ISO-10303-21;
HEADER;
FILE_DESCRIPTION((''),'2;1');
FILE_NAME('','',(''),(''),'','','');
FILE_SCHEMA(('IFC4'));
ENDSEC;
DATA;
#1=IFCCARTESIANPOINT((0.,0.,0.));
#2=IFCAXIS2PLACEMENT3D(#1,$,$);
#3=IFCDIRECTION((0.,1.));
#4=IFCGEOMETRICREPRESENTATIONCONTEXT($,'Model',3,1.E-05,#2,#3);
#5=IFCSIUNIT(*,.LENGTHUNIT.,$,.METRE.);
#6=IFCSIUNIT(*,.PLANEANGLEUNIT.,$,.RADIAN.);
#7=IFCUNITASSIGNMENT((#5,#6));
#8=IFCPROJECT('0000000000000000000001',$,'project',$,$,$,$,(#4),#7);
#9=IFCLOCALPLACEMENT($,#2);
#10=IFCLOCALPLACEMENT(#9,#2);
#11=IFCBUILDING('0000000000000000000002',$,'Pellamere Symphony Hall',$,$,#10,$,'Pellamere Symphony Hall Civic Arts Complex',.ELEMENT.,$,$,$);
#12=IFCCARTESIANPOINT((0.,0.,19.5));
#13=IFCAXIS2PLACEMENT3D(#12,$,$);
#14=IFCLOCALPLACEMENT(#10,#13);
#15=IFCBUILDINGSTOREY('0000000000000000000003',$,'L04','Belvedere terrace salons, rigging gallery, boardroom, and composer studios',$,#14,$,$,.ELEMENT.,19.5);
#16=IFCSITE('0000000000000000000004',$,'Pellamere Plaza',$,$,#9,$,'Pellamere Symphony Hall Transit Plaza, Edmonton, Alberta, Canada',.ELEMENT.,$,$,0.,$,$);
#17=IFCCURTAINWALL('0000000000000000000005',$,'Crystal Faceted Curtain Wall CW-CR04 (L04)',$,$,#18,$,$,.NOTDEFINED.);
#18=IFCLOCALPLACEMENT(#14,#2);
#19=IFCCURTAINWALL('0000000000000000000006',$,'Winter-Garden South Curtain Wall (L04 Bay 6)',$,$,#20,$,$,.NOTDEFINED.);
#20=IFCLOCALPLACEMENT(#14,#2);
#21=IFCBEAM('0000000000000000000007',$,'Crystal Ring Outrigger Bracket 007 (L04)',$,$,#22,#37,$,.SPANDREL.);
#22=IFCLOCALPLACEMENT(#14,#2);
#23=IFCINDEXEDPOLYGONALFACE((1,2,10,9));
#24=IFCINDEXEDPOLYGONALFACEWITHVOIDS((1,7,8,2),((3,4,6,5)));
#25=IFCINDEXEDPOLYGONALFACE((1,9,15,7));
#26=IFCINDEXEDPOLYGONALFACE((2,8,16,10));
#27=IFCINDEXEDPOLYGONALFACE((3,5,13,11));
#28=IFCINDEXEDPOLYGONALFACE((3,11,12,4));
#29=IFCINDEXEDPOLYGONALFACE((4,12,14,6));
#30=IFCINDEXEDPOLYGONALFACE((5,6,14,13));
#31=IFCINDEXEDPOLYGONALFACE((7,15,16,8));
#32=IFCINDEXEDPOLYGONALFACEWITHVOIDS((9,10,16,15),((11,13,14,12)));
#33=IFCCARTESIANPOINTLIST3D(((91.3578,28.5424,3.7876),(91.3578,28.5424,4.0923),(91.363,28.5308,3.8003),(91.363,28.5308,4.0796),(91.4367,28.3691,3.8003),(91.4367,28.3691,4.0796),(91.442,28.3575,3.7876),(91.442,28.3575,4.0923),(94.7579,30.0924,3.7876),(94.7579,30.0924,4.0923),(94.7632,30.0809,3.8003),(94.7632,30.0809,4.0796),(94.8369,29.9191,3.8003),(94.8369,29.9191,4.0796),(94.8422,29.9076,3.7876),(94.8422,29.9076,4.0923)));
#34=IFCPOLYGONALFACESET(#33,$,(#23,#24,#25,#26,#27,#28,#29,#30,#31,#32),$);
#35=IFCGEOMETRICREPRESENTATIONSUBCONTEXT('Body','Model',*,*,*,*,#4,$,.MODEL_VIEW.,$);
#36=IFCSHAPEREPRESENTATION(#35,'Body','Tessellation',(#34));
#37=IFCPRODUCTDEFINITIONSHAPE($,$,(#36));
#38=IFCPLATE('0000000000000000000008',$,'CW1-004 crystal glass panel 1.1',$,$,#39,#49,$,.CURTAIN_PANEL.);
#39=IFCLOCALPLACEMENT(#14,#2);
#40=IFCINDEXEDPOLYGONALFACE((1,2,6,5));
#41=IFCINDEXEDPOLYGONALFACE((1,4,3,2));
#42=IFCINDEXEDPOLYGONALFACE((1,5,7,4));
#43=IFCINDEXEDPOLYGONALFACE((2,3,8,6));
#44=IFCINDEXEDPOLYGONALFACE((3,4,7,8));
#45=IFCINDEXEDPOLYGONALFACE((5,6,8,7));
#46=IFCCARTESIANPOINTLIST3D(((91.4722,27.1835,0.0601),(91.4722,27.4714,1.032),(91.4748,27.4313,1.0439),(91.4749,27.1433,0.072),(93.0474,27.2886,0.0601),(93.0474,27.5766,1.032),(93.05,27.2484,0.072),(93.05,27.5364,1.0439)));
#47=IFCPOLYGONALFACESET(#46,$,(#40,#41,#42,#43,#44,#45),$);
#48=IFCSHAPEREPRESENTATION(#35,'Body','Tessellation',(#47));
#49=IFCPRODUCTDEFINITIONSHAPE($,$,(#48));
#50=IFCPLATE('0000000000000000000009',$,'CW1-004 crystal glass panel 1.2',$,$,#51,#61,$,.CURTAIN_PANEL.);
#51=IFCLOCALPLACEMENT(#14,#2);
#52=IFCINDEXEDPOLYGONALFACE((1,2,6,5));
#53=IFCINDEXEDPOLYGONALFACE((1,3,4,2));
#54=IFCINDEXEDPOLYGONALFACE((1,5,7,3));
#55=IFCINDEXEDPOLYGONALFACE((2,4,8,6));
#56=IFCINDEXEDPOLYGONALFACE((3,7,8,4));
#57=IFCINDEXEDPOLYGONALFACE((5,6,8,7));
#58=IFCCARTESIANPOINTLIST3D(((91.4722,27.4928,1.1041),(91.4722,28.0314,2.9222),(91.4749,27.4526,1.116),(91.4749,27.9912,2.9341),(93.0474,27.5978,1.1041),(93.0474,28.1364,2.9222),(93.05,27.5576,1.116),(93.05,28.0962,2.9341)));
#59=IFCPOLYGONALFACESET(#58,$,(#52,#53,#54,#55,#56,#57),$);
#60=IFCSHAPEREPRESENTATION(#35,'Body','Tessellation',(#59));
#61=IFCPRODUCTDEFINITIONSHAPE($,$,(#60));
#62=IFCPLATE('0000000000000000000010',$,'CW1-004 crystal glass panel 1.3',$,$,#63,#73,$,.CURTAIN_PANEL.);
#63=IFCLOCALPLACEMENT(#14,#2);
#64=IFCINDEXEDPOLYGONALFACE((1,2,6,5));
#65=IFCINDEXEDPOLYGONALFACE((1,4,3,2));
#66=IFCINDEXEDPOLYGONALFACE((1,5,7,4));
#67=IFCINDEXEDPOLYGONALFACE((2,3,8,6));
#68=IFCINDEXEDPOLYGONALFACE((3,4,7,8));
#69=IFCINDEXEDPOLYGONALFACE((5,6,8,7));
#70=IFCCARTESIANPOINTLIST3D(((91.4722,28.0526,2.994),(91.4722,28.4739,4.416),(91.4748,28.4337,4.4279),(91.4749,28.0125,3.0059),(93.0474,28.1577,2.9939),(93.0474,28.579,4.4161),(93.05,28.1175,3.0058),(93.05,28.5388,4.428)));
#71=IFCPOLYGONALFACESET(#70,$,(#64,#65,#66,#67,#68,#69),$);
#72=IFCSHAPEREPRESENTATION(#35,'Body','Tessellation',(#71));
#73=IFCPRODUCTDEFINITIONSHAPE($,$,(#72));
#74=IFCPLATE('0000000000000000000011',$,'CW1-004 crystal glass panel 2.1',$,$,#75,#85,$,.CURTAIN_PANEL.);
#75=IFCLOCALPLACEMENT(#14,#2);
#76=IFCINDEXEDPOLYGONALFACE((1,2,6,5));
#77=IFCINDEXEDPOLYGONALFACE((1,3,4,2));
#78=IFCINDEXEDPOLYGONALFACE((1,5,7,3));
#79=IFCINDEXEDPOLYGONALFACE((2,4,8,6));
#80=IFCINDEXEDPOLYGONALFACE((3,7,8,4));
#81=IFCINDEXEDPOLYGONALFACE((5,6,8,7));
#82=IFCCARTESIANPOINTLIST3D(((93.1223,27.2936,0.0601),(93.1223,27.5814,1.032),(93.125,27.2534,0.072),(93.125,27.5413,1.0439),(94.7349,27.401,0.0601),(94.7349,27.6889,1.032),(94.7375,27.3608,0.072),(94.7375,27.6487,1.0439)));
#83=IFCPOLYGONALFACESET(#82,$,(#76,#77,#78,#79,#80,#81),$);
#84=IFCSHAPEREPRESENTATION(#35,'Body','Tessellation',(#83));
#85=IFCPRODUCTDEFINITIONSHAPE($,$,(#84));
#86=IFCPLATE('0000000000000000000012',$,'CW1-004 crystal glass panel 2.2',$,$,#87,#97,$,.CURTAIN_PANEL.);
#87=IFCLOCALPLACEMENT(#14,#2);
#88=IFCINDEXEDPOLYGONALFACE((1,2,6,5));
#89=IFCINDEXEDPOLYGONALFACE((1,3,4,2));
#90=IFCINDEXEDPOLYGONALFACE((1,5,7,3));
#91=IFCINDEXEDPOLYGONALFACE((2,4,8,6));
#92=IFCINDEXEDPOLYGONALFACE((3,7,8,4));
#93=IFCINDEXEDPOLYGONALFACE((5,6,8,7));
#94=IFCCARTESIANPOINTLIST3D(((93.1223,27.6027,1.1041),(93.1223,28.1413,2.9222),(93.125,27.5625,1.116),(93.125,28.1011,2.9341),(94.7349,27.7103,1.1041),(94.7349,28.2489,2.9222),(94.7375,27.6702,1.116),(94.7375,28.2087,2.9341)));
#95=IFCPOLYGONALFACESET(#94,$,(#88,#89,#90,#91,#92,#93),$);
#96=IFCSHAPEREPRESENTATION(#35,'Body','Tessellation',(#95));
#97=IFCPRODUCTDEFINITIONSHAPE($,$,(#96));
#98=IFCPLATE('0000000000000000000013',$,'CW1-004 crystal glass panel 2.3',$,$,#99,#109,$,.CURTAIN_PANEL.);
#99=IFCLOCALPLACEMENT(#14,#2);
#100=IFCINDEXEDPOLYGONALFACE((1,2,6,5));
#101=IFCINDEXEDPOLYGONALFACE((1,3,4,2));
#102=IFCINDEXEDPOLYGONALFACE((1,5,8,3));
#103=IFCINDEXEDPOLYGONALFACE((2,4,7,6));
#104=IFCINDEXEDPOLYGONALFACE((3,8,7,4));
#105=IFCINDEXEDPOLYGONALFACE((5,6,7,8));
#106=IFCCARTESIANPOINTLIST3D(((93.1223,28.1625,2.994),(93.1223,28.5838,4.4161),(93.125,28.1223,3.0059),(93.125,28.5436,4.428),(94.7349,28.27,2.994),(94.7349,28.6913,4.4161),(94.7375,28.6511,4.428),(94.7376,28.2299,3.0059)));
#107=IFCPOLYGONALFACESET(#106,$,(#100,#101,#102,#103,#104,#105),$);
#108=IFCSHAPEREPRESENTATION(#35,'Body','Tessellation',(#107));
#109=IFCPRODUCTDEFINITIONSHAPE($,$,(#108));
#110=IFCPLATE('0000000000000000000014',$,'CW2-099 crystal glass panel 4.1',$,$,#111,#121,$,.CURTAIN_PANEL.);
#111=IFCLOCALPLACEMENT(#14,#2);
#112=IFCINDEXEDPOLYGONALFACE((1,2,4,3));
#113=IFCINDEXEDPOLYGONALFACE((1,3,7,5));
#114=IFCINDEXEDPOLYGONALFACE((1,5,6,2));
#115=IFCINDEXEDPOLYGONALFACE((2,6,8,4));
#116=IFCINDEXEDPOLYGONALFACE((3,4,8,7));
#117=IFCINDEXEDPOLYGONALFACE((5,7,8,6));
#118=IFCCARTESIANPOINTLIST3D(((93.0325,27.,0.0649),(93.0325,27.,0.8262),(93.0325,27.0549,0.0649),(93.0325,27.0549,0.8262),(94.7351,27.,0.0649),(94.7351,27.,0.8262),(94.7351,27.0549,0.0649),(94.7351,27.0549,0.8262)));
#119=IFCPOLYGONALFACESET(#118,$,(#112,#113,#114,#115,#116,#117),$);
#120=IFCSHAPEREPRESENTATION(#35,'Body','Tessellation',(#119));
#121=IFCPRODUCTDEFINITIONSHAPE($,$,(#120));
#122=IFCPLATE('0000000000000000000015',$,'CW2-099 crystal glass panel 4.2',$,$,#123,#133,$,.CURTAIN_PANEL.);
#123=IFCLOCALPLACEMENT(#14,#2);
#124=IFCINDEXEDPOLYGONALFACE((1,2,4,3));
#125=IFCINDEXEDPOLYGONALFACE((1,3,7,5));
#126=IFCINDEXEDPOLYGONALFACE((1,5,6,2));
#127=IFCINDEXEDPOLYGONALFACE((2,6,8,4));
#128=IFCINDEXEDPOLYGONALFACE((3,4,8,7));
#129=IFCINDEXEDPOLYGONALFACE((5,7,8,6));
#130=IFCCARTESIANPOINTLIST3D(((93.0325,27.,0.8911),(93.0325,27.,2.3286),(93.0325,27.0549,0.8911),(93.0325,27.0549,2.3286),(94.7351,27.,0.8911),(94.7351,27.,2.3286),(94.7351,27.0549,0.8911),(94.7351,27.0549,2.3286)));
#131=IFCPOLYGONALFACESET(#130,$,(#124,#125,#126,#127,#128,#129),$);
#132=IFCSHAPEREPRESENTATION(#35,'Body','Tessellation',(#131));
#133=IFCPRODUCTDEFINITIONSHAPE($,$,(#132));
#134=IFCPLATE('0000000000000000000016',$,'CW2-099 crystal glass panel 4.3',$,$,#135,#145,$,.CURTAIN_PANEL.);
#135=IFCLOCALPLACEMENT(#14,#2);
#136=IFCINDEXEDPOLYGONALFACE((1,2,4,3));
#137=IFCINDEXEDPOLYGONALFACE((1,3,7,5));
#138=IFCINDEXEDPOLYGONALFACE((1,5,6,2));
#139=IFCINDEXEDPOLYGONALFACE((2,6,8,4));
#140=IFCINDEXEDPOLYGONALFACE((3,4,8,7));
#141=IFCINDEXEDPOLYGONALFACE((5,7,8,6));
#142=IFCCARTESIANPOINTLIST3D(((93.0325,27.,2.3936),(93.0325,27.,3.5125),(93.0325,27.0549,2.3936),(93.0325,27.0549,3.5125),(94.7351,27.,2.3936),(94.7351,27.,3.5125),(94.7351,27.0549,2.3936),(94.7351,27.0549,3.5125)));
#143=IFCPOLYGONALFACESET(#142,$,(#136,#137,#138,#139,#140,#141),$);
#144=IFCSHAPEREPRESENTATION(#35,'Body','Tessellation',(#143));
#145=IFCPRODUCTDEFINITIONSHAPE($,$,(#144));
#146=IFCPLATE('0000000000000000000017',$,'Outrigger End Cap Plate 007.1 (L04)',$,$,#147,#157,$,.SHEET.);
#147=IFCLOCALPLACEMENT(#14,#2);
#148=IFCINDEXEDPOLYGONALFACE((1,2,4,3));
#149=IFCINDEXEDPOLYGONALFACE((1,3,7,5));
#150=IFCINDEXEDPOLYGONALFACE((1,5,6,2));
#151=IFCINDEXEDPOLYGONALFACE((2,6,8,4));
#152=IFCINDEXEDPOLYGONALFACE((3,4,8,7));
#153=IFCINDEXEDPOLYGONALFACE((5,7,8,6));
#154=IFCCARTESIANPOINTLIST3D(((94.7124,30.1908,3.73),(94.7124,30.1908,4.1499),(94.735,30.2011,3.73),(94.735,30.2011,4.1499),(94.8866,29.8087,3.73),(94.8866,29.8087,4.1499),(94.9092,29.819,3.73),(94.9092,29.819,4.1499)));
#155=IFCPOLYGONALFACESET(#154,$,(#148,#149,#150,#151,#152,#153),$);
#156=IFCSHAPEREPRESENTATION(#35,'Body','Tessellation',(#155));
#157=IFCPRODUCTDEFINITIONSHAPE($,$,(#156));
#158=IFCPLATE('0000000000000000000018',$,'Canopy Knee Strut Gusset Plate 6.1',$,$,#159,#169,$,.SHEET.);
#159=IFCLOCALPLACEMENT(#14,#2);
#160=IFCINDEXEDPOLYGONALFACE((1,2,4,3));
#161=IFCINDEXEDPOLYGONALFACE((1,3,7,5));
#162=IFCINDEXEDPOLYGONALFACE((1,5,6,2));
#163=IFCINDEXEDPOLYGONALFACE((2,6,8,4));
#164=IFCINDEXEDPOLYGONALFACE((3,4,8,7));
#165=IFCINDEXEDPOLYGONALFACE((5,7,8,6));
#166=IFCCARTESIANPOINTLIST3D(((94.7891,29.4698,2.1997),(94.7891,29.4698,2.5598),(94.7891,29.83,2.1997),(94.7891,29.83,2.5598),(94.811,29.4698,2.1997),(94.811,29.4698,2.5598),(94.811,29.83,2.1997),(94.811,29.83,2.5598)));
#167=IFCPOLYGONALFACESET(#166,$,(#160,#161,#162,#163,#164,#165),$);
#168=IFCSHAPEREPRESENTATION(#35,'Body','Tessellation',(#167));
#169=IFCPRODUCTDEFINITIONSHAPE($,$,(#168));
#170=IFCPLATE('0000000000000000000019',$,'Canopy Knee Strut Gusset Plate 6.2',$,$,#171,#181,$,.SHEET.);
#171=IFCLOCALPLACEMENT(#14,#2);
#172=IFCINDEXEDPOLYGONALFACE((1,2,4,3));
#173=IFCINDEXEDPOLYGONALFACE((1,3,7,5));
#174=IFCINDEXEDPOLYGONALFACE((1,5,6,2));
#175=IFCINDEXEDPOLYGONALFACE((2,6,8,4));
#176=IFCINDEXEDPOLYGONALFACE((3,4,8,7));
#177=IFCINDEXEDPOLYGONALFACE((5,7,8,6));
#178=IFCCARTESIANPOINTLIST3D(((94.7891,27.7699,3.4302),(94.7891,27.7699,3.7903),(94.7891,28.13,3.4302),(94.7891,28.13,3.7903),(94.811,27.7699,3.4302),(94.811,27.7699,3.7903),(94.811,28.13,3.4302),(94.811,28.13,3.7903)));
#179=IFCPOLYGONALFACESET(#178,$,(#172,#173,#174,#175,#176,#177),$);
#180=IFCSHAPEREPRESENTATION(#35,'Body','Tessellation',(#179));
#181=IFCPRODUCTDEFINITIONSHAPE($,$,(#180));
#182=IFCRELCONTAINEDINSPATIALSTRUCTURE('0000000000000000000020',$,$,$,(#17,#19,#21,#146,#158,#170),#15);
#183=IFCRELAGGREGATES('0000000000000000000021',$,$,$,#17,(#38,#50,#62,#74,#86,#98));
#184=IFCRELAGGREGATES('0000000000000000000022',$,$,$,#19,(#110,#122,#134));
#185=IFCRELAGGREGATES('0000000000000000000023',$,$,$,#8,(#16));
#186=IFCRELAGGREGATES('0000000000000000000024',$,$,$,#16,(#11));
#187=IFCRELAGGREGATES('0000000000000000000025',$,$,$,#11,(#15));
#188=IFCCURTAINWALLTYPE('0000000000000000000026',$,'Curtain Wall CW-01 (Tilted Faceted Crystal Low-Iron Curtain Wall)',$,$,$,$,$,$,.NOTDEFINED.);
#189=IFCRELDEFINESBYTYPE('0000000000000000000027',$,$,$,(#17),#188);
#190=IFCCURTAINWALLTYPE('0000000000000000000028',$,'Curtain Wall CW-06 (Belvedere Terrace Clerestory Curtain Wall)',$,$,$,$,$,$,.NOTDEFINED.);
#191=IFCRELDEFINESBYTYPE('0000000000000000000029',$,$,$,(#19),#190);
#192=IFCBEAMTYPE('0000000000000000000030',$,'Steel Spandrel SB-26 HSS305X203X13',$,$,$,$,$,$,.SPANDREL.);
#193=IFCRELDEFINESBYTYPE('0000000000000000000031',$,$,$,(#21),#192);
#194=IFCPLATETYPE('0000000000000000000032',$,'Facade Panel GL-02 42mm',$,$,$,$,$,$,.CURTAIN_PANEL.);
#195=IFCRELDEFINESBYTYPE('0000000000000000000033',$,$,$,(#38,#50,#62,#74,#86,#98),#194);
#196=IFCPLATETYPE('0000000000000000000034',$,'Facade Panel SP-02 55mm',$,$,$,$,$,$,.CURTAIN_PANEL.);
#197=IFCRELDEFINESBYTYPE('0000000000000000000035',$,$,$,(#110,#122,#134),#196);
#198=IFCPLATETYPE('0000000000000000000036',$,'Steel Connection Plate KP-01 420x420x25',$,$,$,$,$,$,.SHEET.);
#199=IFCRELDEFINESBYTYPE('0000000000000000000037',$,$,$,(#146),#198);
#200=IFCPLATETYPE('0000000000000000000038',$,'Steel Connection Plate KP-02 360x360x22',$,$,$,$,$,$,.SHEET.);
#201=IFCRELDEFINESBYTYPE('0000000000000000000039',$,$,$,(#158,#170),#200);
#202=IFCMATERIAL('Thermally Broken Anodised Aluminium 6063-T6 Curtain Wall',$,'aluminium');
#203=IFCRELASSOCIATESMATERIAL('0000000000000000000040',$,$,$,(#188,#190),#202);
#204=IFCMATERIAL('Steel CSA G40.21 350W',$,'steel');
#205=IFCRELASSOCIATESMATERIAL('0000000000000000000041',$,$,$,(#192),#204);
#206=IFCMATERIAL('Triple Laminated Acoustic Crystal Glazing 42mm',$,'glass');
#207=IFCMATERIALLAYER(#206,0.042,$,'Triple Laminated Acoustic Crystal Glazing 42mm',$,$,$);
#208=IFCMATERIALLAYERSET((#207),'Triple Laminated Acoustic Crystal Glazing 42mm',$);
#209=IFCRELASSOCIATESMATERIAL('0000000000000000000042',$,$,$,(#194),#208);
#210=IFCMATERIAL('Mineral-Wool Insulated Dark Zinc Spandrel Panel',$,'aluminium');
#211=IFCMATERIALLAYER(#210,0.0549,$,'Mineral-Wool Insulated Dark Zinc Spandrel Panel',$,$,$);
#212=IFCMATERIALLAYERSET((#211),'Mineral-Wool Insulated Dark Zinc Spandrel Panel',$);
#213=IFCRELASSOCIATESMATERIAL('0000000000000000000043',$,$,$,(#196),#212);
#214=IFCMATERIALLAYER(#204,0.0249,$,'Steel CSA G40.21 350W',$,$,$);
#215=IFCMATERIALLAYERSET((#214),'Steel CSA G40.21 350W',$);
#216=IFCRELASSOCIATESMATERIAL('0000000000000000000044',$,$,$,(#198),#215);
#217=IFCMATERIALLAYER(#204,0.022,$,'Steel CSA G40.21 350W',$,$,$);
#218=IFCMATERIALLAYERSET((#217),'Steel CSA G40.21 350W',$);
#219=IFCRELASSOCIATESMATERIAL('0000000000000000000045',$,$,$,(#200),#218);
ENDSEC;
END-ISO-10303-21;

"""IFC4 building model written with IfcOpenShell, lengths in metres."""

from ifc_helpers import new_model, si_unit, direction, frame, origin, origin_2d, place, context, subcontext, project, spatial, polyline, rectangle, hollow_rectangle, outline, extrude, material, layer, layer_set, material_profile, profile_set, type_object, element, aggregate, save


model = new_model("IFC4")

# Units and contexts
model_context = context("Model", 3, precision=1e-05, world=origin(), true_north=direction((0.0, 1.0)))
body_context = subcontext(model_context, "Body", "Model", "MODEL_VIEW")
ifc_project = project(units=[si_unit("LENGTHUNIT", "METRE"), si_unit("PLANEANGLEUNIT", "RADIAN")], contexts=[model_context])

# Site, building, storey
site_placement = place(None, origin())
site = spatial("IfcSite", under=ifc_project, at=site_placement, Name="Pellamere Plaza", LongName="Pellamere Symphony Hall Transit Plaza, Edmonton, Alberta, Canada", CompositionType="ELEMENT", RefElevation=0.0)
building_placement = place(site_placement, origin())
building = spatial("IfcBuilding", under=site, at=building_placement, Name="Pellamere Symphony Hall", LongName="Pellamere Symphony Hall Civic Arts Complex", CompositionType="ELEMENT")
storey_placement = place(building_placement, frame((0.0, 0.0, 19.5)))
storey = spatial("IfcBuildingStorey", under=building, at=storey_placement, Name="L04", Description="Belvedere terrace salons, rigging gallery, boardroom, and composer studios", CompositionType="ELEMENT", Elevation=19.5)

# Curtain walls
ifc_material_1 = material(Name="Thermally Broken Anodised Aluminium 6063-T6 Curtain Wall", Category="aluminium")
curtain_wall_type_1 = type_object("IfcCurtainWallType", Name="Curtain Wall CW-01 (Tilted Faceted Crystal Low-Iron Curtain Wall)", PredefinedType="NOTDEFINED", material=ifc_material_1)
curtain_wall_1_placement = place(storey_placement, origin())
curtain_wall_1 = element("IfcCurtainWall", 1, at=curtain_wall_1_placement, inside=storey, type_object=curtain_wall_type_1, Name="Crystal Faceted Curtain Wall CW-CR04 (L04)", PredefinedType="NOTDEFINED")
curtain_wall_type_2 = type_object("IfcCurtainWallType", Name="Curtain Wall CW-06 (Belvedere Terrace Clerestory Curtain Wall)", PredefinedType="NOTDEFINED", material=ifc_material_1)
curtain_wall_2_placement = place(storey_placement, origin())
curtain_wall_2 = element("IfcCurtainWall", 2, at=curtain_wall_2_placement, inside=storey, type_object=curtain_wall_type_2, Name="Winter-Garden South Curtain Wall (L04 Bay 6)", PredefinedType="NOTDEFINED")

# Shared definitions
ifc_material_2 = material(Name="Steel CSA G40.21 350W", Category="steel")

# Beam
ifc_material_profile_1 = material_profile(ifc_material_2, hollow_rectangle(XDim=0.2031, YDim=0.3047, WallThickness=0.0127, at=origin_2d()), Name="HSS305X203X13")
ifc_profile_set_1 = profile_set([ifc_material_profile_1], Name="Steel CSA G40.21 350W")
beam_type_1 = type_object("IfcBeamType", Name="Steel Spandrel SB-26 HSS305X203X13", PredefinedType="SPANDREL", material=ifc_profile_set_1)
beam_1_placement = place(storey_placement, frame((94.8, 30.0, 3.9399), z_axis=(-0.909909, -0.414807, 0.0), x_axis=(0.414807, -0.909909, 0.0)))
element("IfcBeam", 3, at=beam_1_placement, inside=storey, type_object=beam_type_1, Name="Crystal Ring Outrigger Bracket 007 (L04)", PredefinedType="SPANDREL", context=body_context, shape_type="SweptSolid", body=[
    extrude(hollow_rectangle(XDim=0.2031, YDim=0.3047, WallThickness=0.0127, at=origin_2d()), origin(), (0.0, 0.0, 1.0), 3.7368),
])

# Plates
ifc_material_3 = material(Name="Triple Laminated Acoustic Crystal Glazing 42mm", Category="glass")
ifc_layer_1 = layer(ifc_material_3, 0.042, Name="Triple Laminated Acoustic Crystal Glazing 42mm")
ifc_layer_set_1 = layer_set([ifc_layer_1], Name="Triple Laminated Acoustic Crystal Glazing 42mm")
plate_type_1 = type_object("IfcPlateType", Name="Facade Panel GL-02 42mm", PredefinedType="CURTAIN_PANEL", material=ifc_layer_set_1)
plate_1_placement = place(storey_placement, frame((91.4749, 27.1433, 0.072), z_axis=(0.063844, -0.956846, 0.283496), x_axis=(0.997782, 0.066569, -0.000021)))
plate_1 = element("IfcPlate", 4, at=plate_1_placement, type_object=plate_type_1, Name="CW1-004 crystal glass panel 1.1", PredefinedType="CURTAIN_PANEL", context=body_context, shape_type="SweptSolid", body=[
    extrude(outline(polyline([(0.0, 0.0), (1.5787, 0.0), (1.5978, 1.0135), (0.0191, 1.0135), (0.0, 0.0)])), origin(), (0.0, 0.0, -1.0), 0.042),
])
plate_2_placement = place(storey_placement, frame((91.4749, 27.4526, 1.116), z_axis=(0.063771, -0.956865, 0.283449), x_axis=(0.997787, 0.066498, 0.0)))
plate_2 = element("IfcPlate", 5, at=plate_2_placement, type_object=plate_type_1, Name="CW1-004 crystal glass panel 1.2", PredefinedType="CURTAIN_PANEL", context=body_context, shape_type="SweptSolid", body=[
    extrude(outline(polyline([(0.0, 0.0), (1.5787, 0.0), (1.6145, 1.8959), (0.0358, 1.8959), (0.0, 0.0)])), origin(), (0.0, 0.0, -1.0), 0.042),
])
plate_3_placement = place(storey_placement, frame((91.4749, 28.0125, 3.0059), z_axis=(0.063845, -0.956861, 0.283444), x_axis=(0.997782, 0.066569, -0.000021)))
plate_3 = element("IfcPlate", 6, at=plate_3_placement, type_object=plate_type_1, Name="CW1-004 crystal glass panel 1.3", PredefinedType="CURTAIN_PANEL", context=body_context, shape_type="SweptSolid", body=[
    extrude(outline(polyline([(0.0, 0.0), (1.5787, 0.0), (1.6067, 1.483), (0.028, 1.4829), (0.0, 0.0)])), origin(), (0.0, 0.0, -1.0), 0.042),
])
plate_4_placement = place(storey_placement, frame((93.125, 27.2534, 0.072), z_axis=(0.063744, -0.956885, 0.283388), x_axis=(0.997788, 0.066469, 0.0)))
plate_4 = element("IfcPlate", 7, at=plate_4_placement, type_object=plate_type_1, Name="CW1-004 crystal glass panel 2.1", PredefinedType="CURTAIN_PANEL", context=body_context, shape_type="SweptSolid", body=[
    extrude(outline(polyline([(0.0, 0.0), (1.6161, 0.0), (1.6353, 1.0135), (0.0191, 1.0135), (0.0, 0.0)])), origin(), (0.0, 0.0, -1.0), 0.042),
])
plate_5_placement = place(storey_placement, frame((93.125, 27.5625, 1.116), z_axis=(0.063887, -0.956858, 0.283447), x_axis=(0.997778, 0.066619, 0.0)))
plate_5 = element("IfcPlate", 8, at=plate_5_placement, type_object=plate_type_1, Name="CW1-004 crystal glass panel 2.2", PredefinedType="CURTAIN_PANEL", context=body_context, shape_type="SweptSolid", body=[
    extrude(outline(polyline([(0.0, 0.0), (1.6161, 0.0), (1.652, 1.8959), (0.0359, 1.8959), (0.0, 0.0)])), origin(), (0.0, 0.0, -1.0), 0.042),
])
plate_6_placement = place(storey_placement, frame((93.125, 28.1223, 3.0059), z_axis=(0.063815, -0.956863, 0.283445), x_axis=(0.997783, 0.06655, 0.00002)))
plate_6 = element("IfcPlate", 9, at=plate_6_placement, type_object=plate_type_1, Name="CW1-004 crystal glass panel 2.3", PredefinedType="CURTAIN_PANEL", context=body_context, shape_type="SweptSolid", body=[
    extrude(outline(polyline([(0.0, 0.0), (1.6161, 0.0), (1.6442, 1.4829), (0.0281, 1.483), (0.0, 0.0)])), origin(), (0.0, 0.0, -1.0), 0.042),
])
aggregate(curtain_wall_1, [plate_1, plate_2, plate_3, plate_4, plate_5, plate_6])
ifc_material_4 = material(Name="Mineral-Wool Insulated Dark Zinc Spandrel Panel", Category="aluminium")
ifc_layer_2 = layer(ifc_material_4, 0.0549, Name="Mineral-Wool Insulated Dark Zinc Spandrel Panel")
ifc_layer_set_2 = layer_set([ifc_layer_2], Name="Mineral-Wool Insulated Dark Zinc Spandrel Panel")
plate_type_2 = type_object("IfcPlateType", Name="Facade Panel SP-02 55mm", PredefinedType="CURTAIN_PANEL", material=ifc_layer_set_2)
plate_7_placement = place(storey_placement, frame((93.0325, 27.0, 0.0649), z_axis=(0.0, -1.0, 0.0), x_axis=(1.0, 0.0, 0.0)))
plate_7 = element("IfcPlate", 10, at=plate_7_placement, type_object=plate_type_2, Name="CW2-099 crystal glass panel 4.1", PredefinedType="CURTAIN_PANEL", context=body_context, shape_type="SweptSolid", body=[
    extrude(outline(polyline([(0.0, 0.0), (1.7026, 0.0), (1.7026, 0.7612), (0.0, 0.7612), (0.0, 0.0)])), origin(), (0.0, 0.0, -1.0), 0.0549),
])
plate_8_placement = place(storey_placement, frame((93.0325, 27.0, 0.8911), z_axis=(0.0, -1.0, 0.0), x_axis=(1.0, 0.0, 0.0)))
plate_8 = element("IfcPlate", 11, at=plate_8_placement, type_object=plate_type_2, Name="CW2-099 crystal glass panel 4.2", PredefinedType="CURTAIN_PANEL", context=body_context, shape_type="SweptSolid", body=[
    extrude(outline(polyline([(0.0, 0.0), (1.7026, 0.0), (1.7026, 1.4375), (0.0, 1.4375), (0.0, 0.0)])), origin(), (0.0, 0.0, -1.0), 0.0549),
])
plate_9_placement = place(storey_placement, frame((93.0325, 27.0, 2.3936), z_axis=(0.0, -1.0, 0.0), x_axis=(1.0, 0.0, 0.0)))
plate_9 = element("IfcPlate", 12, at=plate_9_placement, type_object=plate_type_2, Name="CW2-099 crystal glass panel 4.3", PredefinedType="CURTAIN_PANEL", context=body_context, shape_type="SweptSolid", body=[
    extrude(outline(polyline([(0.0, 0.0), (1.7026, 0.0), (1.7026, 1.1189), (0.0, 1.1189), (0.0, 0.0)])), origin(), (0.0, 0.0, -1.0), 0.0549),
])
aggregate(curtain_wall_2, [plate_7, plate_8, plate_9])

# Plates
ifc_layer_3 = layer(ifc_material_2, 0.0249, Name="Steel CSA G40.21 350W")
ifc_layer_set_3 = layer_set([ifc_layer_3], Name="Steel CSA G40.21 350W")
plate_type_3 = type_object("IfcPlateType", Name="Steel Connection Plate KP-01 420x420x25", PredefinedType="SHEET", material=ifc_layer_set_3)
plate_10_placement = place(storey_placement, frame((94.8108, 30.0049, 3.73), z_axis=(0.0, 0.0, 1.0), x_axis=(-0.909889, -0.414852, 0.0)))
element("IfcPlate", 13, at=plate_10_placement, inside=storey, type_object=plate_type_3, Name="Outrigger End Cap Plate 007.1 (L04)", PredefinedType="SHEET", context=body_context, shape_type="SweptSolid", body=[
    extrude(rectangle(XDim=0.0249, YDim=0.4199, at=origin_2d()), origin(), (0.0, 0.0, 1.0), 0.4199),
])
ifc_layer_4 = layer(ifc_material_2, 0.022, Name="Steel CSA G40.21 350W")
ifc_layer_set_4 = layer_set([ifc_layer_4], Name="Steel CSA G40.21 350W")
plate_type_4 = type_object("IfcPlateType", Name="Steel Connection Plate KP-02 360x360x22", PredefinedType="SHEET", material=ifc_layer_set_4)
for number, where, z_axis, x_axis, name in (
    (14, (94.8, 29.6499, 2.1997), (0.0, 0.0, 1.0), (1.0, 0.0, 0.0), "Canopy Knee Strut Gusset Plate 6.1"),
    (15, (94.8, 27.95, 3.4302), (0.0, 0.0, 1.0), (1.0, 0.0, 0.0), "Canopy Knee Strut Gusset Plate 6.2"),
):
    element("IfcPlate", number, at=place(storey_placement, frame(where, z_axis=z_axis, x_axis=x_axis)), inside=storey, type_object=plate_type_4, Name=name, PredefinedType="SHEET", context=body_context, shape_type="SweptSolid", body=[
        extrude(rectangle(XDim=0.022, YDim=0.3601, at=origin_2d()), origin(), (0.0, 0.0, 1.0), 0.3601),
    ])

save(model, "model.ifc")
